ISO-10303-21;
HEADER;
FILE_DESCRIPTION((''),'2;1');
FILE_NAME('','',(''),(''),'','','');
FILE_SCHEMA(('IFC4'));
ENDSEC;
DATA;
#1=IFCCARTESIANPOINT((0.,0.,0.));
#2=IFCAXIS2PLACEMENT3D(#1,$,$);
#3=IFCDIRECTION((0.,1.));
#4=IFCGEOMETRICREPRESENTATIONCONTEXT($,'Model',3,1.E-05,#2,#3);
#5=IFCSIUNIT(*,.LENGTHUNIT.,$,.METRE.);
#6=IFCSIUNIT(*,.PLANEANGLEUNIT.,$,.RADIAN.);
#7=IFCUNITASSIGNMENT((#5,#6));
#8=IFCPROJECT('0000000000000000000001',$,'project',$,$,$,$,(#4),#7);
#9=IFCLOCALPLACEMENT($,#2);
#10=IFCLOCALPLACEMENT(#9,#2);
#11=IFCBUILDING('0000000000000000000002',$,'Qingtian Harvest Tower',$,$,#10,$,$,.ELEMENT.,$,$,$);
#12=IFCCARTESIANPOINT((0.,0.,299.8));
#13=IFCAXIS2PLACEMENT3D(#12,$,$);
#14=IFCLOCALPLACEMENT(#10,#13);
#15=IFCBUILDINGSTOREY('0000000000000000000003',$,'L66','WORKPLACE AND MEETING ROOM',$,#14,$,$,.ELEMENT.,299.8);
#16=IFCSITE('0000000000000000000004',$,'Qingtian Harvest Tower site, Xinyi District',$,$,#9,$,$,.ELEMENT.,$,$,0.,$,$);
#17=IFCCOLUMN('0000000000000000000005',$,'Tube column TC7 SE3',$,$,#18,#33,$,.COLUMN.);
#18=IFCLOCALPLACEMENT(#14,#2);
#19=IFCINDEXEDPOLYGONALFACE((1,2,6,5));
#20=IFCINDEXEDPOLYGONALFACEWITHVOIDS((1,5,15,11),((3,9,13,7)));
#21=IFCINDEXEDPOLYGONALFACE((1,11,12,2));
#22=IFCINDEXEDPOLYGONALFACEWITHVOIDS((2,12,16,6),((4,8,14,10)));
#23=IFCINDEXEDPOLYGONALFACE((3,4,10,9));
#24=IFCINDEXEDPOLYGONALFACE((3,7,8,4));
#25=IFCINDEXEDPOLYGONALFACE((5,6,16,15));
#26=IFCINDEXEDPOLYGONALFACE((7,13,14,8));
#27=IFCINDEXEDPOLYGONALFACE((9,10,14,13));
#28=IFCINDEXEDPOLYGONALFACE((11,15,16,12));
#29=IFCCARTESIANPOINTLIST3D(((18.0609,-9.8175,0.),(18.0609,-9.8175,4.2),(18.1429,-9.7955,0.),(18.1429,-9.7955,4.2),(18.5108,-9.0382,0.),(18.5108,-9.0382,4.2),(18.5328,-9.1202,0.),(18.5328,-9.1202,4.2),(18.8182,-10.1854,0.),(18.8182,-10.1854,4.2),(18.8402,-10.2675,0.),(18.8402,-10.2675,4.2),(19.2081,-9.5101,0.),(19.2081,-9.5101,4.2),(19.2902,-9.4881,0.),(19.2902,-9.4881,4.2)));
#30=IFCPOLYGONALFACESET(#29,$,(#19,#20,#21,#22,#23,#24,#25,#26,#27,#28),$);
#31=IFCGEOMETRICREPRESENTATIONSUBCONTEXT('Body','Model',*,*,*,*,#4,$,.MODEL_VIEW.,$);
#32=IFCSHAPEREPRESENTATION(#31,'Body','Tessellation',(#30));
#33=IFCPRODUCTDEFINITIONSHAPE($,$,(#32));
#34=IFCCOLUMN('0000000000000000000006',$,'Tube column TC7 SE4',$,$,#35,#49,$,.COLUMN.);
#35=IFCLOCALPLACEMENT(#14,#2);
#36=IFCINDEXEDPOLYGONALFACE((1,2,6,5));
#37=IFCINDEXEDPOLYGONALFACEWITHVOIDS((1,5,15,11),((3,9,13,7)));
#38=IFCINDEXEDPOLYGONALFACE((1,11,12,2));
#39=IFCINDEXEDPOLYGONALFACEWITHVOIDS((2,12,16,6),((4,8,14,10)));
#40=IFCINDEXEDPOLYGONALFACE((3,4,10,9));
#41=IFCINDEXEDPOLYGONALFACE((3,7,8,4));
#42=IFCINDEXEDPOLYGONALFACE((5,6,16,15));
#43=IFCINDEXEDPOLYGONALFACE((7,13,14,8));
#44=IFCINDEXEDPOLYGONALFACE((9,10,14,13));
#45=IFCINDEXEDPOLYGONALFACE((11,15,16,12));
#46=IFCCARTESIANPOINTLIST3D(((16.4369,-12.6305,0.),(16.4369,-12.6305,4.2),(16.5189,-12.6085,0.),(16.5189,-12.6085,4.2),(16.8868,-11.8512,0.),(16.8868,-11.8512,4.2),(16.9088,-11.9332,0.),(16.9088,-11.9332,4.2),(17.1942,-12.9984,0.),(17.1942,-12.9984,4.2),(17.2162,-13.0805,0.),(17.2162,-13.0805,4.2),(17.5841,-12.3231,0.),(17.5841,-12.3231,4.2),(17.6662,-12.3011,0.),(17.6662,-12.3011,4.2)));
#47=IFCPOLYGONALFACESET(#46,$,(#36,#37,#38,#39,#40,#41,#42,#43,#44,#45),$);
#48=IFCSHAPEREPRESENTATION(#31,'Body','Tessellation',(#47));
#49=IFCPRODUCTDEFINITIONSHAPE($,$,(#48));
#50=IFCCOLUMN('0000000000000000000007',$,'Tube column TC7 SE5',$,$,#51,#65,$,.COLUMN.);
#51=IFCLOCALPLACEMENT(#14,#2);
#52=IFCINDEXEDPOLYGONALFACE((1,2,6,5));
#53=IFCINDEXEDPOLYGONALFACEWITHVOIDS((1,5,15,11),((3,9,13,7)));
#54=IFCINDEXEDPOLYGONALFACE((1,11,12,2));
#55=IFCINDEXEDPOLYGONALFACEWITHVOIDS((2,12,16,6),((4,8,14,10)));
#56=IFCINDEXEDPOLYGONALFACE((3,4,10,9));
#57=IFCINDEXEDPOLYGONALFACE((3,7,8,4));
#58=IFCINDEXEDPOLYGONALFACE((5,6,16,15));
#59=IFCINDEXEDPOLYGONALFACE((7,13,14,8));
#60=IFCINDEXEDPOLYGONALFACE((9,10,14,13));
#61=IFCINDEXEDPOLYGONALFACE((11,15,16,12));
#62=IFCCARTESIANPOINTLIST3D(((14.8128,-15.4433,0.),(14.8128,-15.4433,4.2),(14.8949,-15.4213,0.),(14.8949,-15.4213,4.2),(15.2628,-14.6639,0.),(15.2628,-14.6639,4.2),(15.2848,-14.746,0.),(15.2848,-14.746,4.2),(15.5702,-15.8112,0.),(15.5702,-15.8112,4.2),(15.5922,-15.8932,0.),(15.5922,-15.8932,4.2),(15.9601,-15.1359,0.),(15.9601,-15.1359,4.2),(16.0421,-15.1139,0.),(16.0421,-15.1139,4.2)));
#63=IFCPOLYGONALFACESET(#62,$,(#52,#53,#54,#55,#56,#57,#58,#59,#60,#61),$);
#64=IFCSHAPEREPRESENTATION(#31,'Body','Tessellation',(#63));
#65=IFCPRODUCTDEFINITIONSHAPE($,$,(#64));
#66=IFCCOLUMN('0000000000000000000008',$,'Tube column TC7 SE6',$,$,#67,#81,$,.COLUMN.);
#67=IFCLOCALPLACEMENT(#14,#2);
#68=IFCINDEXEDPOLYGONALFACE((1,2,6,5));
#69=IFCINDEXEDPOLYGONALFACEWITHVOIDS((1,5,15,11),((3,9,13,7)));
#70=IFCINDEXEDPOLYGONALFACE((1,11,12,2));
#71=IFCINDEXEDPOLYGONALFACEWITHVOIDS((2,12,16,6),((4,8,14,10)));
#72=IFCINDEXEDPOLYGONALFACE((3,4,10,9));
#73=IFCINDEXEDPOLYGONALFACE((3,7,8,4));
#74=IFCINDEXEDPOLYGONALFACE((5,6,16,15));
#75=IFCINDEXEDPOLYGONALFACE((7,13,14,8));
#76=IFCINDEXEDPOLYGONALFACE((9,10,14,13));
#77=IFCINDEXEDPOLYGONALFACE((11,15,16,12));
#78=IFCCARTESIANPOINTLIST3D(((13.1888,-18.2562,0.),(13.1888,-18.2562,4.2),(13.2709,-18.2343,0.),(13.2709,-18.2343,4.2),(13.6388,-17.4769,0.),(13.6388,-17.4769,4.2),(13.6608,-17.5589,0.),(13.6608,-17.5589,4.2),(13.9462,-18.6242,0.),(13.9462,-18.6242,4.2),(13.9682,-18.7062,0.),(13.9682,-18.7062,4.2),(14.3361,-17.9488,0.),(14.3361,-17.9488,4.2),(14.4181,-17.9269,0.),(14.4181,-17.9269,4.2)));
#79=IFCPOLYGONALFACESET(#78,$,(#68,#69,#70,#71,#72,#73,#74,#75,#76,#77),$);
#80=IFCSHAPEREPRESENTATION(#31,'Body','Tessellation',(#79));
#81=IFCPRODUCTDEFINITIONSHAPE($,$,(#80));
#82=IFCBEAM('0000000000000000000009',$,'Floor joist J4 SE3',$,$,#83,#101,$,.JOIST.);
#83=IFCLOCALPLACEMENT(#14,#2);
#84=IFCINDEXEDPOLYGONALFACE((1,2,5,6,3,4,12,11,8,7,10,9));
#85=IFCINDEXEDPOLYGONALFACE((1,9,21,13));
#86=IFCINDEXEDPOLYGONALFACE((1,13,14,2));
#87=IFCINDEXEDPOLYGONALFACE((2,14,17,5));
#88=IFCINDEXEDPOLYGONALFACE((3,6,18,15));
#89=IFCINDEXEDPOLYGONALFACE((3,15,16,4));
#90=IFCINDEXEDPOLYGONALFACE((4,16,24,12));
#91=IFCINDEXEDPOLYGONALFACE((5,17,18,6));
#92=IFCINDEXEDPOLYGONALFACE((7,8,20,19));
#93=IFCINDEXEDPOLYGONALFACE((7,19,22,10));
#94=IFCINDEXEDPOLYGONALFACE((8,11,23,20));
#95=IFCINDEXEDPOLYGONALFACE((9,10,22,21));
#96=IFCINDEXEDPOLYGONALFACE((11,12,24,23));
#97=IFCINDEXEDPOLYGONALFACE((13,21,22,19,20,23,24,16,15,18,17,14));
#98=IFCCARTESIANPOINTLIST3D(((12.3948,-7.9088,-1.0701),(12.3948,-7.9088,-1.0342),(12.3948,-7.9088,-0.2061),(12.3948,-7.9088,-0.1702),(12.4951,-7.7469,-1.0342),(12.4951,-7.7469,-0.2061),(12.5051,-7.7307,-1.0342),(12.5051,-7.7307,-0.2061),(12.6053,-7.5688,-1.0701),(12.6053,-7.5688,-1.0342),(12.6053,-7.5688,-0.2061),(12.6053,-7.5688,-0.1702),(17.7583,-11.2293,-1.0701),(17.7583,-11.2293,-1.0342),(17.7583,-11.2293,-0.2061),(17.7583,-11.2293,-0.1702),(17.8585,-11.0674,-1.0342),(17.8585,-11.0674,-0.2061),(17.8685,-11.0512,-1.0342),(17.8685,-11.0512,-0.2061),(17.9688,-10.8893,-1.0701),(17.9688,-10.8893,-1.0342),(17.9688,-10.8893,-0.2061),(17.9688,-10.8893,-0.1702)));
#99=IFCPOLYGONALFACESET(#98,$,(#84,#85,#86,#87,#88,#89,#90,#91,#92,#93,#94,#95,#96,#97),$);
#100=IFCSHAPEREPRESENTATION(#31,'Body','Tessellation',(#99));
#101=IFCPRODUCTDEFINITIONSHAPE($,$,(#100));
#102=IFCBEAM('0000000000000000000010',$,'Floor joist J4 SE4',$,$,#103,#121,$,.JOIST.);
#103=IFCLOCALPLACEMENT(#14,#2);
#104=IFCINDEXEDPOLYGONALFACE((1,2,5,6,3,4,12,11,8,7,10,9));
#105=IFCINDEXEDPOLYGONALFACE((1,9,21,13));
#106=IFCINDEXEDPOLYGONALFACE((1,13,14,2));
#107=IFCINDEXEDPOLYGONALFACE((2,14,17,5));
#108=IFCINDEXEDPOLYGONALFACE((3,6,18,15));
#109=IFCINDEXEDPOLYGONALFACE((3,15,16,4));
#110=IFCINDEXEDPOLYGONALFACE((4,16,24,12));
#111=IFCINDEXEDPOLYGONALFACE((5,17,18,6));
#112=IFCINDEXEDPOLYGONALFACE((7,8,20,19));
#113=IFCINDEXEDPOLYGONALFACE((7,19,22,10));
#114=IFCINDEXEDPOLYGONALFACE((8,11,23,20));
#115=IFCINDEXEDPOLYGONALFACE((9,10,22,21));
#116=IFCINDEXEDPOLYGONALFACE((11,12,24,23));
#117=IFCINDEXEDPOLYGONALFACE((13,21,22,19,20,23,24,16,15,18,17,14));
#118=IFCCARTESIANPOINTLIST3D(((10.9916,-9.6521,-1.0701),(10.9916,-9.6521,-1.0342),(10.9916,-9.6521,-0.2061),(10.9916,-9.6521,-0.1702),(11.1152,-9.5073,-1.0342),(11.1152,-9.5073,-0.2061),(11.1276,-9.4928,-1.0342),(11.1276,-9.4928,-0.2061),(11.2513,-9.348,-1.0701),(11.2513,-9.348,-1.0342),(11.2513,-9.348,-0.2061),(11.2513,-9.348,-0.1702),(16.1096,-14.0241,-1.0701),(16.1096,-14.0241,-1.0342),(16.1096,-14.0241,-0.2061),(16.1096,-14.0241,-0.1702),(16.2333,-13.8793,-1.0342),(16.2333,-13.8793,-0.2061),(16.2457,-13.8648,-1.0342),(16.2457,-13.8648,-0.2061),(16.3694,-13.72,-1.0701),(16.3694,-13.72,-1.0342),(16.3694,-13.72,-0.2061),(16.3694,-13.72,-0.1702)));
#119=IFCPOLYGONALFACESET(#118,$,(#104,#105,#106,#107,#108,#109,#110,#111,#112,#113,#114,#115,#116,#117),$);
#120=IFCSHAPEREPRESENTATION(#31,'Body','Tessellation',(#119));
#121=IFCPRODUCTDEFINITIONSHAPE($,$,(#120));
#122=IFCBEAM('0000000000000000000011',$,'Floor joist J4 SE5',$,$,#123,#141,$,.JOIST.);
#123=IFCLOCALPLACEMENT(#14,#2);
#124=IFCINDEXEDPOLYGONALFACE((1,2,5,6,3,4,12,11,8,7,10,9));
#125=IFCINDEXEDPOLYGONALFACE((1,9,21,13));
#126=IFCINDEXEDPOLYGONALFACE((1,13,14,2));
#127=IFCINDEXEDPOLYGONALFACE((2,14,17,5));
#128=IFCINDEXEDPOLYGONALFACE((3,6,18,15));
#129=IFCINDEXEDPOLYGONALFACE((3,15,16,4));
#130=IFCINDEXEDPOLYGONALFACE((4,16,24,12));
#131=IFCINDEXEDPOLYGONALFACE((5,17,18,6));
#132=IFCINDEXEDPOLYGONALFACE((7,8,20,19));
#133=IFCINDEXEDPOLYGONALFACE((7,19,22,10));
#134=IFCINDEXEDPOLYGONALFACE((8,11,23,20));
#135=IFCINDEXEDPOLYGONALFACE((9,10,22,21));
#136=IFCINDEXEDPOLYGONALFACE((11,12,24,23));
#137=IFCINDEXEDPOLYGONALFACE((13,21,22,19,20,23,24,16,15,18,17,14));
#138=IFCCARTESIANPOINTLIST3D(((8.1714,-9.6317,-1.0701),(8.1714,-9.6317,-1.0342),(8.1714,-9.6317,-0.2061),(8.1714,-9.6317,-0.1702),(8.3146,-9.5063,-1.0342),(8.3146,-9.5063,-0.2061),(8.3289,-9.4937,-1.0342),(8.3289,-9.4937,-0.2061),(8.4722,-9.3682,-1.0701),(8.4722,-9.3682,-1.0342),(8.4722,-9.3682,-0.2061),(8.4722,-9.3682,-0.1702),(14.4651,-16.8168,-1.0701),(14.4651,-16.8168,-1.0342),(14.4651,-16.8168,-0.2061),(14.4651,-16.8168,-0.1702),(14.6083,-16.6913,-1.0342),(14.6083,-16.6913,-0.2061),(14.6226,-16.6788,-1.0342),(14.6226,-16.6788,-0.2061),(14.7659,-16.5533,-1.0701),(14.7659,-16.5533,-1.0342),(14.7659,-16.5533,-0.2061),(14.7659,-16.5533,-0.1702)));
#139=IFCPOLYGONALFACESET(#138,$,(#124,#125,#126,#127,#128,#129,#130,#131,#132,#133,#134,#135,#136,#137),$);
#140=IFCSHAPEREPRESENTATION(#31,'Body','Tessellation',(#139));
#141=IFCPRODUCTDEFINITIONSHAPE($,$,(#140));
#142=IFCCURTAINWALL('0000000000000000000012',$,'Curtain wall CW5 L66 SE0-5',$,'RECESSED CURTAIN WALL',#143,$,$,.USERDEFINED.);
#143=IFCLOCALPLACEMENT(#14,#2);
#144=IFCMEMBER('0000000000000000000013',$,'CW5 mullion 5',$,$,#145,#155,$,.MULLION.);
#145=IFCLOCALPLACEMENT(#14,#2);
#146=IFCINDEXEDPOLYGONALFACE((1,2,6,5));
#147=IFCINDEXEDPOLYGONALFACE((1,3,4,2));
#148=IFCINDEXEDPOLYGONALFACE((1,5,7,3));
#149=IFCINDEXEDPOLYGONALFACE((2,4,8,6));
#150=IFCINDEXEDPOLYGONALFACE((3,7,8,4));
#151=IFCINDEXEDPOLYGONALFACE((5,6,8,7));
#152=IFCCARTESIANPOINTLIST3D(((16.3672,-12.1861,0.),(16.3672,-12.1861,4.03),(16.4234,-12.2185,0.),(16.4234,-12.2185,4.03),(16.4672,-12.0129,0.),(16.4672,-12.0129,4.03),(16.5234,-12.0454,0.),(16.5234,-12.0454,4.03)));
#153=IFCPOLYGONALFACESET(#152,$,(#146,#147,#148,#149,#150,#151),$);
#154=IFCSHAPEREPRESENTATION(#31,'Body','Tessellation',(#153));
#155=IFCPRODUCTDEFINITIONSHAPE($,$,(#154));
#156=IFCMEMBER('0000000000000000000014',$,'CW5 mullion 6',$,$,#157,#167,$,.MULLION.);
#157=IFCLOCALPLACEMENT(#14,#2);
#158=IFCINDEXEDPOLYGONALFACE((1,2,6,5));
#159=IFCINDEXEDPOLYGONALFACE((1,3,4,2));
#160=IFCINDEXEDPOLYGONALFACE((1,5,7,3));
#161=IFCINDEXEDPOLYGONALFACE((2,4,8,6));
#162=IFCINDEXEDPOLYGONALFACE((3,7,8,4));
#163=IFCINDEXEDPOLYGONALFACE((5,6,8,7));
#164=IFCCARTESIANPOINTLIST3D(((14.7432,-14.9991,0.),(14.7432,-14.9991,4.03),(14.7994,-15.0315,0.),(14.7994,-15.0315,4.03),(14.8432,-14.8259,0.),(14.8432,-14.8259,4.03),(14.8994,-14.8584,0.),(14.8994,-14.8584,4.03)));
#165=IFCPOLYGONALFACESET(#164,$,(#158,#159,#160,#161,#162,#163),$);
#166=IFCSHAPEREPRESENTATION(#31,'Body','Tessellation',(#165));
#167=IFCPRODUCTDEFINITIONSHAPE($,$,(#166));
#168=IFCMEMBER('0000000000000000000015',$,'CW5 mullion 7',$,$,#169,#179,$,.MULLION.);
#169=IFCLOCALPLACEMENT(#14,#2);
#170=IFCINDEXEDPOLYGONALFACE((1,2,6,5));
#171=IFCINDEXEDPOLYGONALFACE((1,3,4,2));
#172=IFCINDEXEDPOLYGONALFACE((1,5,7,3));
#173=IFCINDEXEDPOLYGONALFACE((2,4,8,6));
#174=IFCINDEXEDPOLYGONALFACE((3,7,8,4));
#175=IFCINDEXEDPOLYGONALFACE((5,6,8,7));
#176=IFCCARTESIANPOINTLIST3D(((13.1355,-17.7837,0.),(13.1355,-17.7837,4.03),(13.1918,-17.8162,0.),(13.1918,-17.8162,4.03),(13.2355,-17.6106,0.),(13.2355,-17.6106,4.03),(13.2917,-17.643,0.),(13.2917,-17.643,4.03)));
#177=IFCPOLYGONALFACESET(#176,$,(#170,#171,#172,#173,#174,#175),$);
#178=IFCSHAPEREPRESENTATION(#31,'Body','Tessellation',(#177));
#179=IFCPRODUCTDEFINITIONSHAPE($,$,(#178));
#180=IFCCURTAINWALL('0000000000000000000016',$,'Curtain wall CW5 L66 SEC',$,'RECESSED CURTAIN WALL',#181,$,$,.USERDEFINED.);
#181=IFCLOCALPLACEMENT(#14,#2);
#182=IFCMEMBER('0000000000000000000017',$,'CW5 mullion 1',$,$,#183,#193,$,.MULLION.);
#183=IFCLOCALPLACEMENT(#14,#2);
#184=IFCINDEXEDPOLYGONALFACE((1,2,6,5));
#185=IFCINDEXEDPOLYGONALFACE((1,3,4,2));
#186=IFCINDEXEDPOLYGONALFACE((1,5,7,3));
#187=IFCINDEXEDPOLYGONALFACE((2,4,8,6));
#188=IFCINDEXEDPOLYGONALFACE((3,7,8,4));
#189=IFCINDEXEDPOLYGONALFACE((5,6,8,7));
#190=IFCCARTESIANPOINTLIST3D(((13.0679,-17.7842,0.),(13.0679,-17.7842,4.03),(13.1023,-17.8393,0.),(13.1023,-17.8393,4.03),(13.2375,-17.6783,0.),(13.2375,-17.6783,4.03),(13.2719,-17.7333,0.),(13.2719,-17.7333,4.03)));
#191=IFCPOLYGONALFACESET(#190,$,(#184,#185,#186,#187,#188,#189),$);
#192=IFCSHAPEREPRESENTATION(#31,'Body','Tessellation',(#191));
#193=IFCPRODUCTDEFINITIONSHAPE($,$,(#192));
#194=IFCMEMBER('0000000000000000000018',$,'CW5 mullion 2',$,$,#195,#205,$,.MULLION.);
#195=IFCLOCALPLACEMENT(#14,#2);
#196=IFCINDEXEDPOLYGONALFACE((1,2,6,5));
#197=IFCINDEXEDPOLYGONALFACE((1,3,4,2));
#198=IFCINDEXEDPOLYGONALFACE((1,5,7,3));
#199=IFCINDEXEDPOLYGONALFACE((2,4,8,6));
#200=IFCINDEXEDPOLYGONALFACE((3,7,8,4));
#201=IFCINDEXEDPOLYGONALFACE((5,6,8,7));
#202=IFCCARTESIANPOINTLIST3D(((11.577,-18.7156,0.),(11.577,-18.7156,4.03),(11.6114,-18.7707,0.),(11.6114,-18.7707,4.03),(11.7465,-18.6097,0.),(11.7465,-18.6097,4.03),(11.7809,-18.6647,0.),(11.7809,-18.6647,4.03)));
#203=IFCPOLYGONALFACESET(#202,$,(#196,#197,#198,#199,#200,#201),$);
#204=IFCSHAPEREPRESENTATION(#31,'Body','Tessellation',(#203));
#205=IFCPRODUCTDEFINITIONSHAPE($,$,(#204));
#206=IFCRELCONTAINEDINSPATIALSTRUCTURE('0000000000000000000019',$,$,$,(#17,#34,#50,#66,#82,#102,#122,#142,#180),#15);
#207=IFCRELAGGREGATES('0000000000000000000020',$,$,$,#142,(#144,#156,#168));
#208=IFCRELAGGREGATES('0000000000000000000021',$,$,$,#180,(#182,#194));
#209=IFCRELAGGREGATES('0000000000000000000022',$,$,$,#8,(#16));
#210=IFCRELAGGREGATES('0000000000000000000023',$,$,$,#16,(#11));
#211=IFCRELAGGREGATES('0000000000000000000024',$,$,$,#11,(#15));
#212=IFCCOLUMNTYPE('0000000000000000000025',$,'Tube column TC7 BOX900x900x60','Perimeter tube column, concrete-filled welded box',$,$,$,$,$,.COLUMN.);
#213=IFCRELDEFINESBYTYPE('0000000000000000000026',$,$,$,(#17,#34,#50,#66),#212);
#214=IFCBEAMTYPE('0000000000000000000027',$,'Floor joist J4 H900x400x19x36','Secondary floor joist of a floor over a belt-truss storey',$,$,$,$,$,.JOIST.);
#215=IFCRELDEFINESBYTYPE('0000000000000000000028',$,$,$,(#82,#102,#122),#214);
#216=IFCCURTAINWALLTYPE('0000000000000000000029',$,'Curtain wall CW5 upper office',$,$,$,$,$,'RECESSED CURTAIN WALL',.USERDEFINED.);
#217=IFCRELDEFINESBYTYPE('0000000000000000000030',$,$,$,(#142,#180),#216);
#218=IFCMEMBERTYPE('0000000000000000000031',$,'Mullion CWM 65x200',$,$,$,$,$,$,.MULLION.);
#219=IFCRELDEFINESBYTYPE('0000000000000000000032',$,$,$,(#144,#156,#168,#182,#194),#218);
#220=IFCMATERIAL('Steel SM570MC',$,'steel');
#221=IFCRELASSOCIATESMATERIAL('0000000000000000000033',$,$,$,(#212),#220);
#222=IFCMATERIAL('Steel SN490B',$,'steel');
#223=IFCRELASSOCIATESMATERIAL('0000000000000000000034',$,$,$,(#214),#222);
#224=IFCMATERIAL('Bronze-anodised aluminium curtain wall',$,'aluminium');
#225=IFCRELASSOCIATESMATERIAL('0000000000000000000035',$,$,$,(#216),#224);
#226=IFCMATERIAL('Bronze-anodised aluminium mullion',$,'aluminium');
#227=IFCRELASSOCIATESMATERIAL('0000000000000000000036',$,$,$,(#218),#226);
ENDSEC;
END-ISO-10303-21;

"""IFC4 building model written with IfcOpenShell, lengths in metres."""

from ifc_helpers import new_model, si_unit, direction, frame, origin, origin_2d, place, context, subcontext, project, spatial, rectangle, hollow_rectangle, i_section, extrude, material, material_profile, profile_set, type_object, element, aggregate, save


model = new_model("IFC4")

# Units and contexts
model_context = context("Model", 3, precision=1e-05, world=origin(), true_north=direction((0.0, 1.0)))
body_context = subcontext(model_context, "Body", "Model", "MODEL_VIEW")
ifc_project = project(units=[si_unit("LENGTHUNIT", "METRE"), si_unit("PLANEANGLEUNIT", "RADIAN")], contexts=[model_context])

# Site, building, storey
site_placement = place(None, origin())
site = spatial("IfcSite", under=ifc_project, at=site_placement, Name="Qingtian Harvest Tower site, Xinyi District", CompositionType="ELEMENT", RefElevation=0.0)
building_placement = place(site_placement, origin())
building = spatial("IfcBuilding", under=site, at=building_placement, Name="Qingtian Harvest Tower", CompositionType="ELEMENT")
storey_placement = place(building_placement, frame((0.0, 0.0, 299.8)))
storey = spatial("IfcBuildingStorey", under=building, at=storey_placement, Name="L66", Description="WORKPLACE AND MEETING ROOM", CompositionType="ELEMENT", Elevation=299.8)

# Columns
ifc_material_1 = material(Name="Steel SM570MC", Category="steel")
ifc_material_profile_1 = material_profile(ifc_material_1, hollow_rectangle(XDim=0.8999, YDim=0.8999, WallThickness=0.0601, at=origin_2d()), Name="BOX900x900x60")
ifc_profile_set_1 = profile_set([ifc_material_profile_1], Name="Steel SM570MC")
column_type = type_object("IfcColumnType", Name="Tube column TC7 BOX900x900x60", Description="Perimeter tube column, concrete-filled welded box", PredefinedType="COLUMN", material=ifc_profile_set_1)
for number, where, z_axis, x_axis, name in (
    (1, (18.6755, -9.6528, 0.0), (0.0, 0.0, 1.0), (0.5, 0.866025, 0.0), "Tube column TC7 SE3"),
    (2, (17.0515, -12.4658, 0.0), (0.0, 0.0, 1.0), (0.5, 0.866025, 0.0), "Tube column TC7 SE4"),
    (3, (15.4275, -15.2786, 0.0), (0.0, 0.0, 1.0), (0.5, 0.866025, 0.0), "Tube column TC7 SE5"),
    (4, (13.8035, -18.0916, 0.0), (0.0, 0.0, 1.0), (0.5, 0.866025, 0.0), "Tube column TC7 SE6"),
):
    element("IfcColumn", number, at=place(storey_placement, frame(where, z_axis=z_axis, x_axis=x_axis)), inside=storey, type_object=column_type, Name=name, PredefinedType="COLUMN", context=body_context, shape_type="SweptSolid", body=[
        extrude(hollow_rectangle(XDim=0.8999, YDim=0.8999, WallThickness=0.0601, at=origin_2d()), origin(), (0.0, 0.0, 1.0), 4.2),
    ])

# Beams
ifc_material_2 = material(Name="Steel SN490B", Category="steel")
ifc_material_profile_2 = material_profile(ifc_material_2, i_section(OverallWidth=0.3999, OverallDepth=0.8999, WebThickness=0.019, FlangeThickness=0.0359, at=origin_2d()), Name="H900x400x19x36")
ifc_profile_set_2 = profile_set([ifc_material_profile_2], Name="Steel SN490B")
beam_type_1 = type_object("IfcBeamType", Name="Floor joist J4 H900x400x19x36", Description="Secondary floor joist of a floor over a belt-truss storey", PredefinedType="JOIST", material=ifc_profile_set_2)
beam_1_placement = place(storey_placement, frame((17.8635, -11.0593, -0.6201), z_axis=(-0.850245, 0.526387, 0.0), x_axis=(-0.526387, -0.850245, 0.0)))
element("IfcBeam", 5, at=beam_1_placement, inside=storey, type_object=beam_type_1, Name="Floor joist J4 SE3", PredefinedType="JOIST", context=body_context, shape_type="SweptSolid", body=[
    extrude(i_section(OverallWidth=0.3999, OverallDepth=0.8999, WebThickness=0.019, FlangeThickness=0.0359, at=origin_2d()), origin(), (0.0, 0.0, 1.0), 6.3081),
])
beam_2_placement = place(storey_placement, frame((16.2395, -13.8721, -0.6201), z_axis=(-0.760351, 0.649512, 0.0), x_axis=(-0.649512, -0.760351, 0.0)))
element("IfcBeam", 6, at=beam_2_placement, inside=storey, type_object=beam_type_1, Name="Floor joist J4 SE4", PredefinedType="JOIST", context=body_context, shape_type="SweptSolid", body=[
    extrude(i_section(OverallWidth=0.3999, OverallDepth=0.8999, WebThickness=0.019, FlangeThickness=0.0359, at=origin_2d()), origin(), (0.0, 0.0, 1.0), 6.7312),
])
beam_3_placement = place(storey_placement, frame((14.6155, -16.6851, -0.6201), z_axis=(-0.658906, 0.752225, 0.0), x_axis=(-0.752225, -0.658906, 0.0)))
element("IfcBeam", 7, at=beam_3_placement, inside=storey, type_object=beam_type_1, Name="Floor joist J4 SE5", PredefinedType="JOIST", context=body_context, shape_type="SweptSolid", body=[
    extrude(i_section(OverallWidth=0.3999, OverallDepth=0.8999, WebThickness=0.019, FlangeThickness=0.0359, at=origin_2d()), origin(), (0.0, 0.0, 1.0), 9.5518),
])

# Curtain walls, members
ifc_material_3 = material(Name="Bronze-anodised aluminium curtain wall", Category="aluminium")
curtain_wall_type = type_object("IfcCurtainWallType", Name="Curtain wall CW5 upper office", ElementType="RECESSED CURTAIN WALL", PredefinedType="USERDEFINED", material=ifc_material_3)
curtain_wall_1_placement = place(storey_placement, origin())
curtain_wall_1 = element("IfcCurtainWall", 8, at=curtain_wall_1_placement, inside=storey, type_object=curtain_wall_type, Name="Curtain wall CW5 L66 SE0-5", ObjectType="RECESSED CURTAIN WALL", PredefinedType="USERDEFINED")
ifc_material_4 = material(Name="Bronze-anodised aluminium mullion", Category="aluminium")
ifc_material_profile_3 = material_profile(ifc_material_4, rectangle(XDim=0.0649, YDim=0.2, at=origin_2d()), Name="AL 65x200")
ifc_profile_set_3 = profile_set([ifc_material_profile_3], Name="Bronze-anodised aluminium mullion")
member_type_1 = type_object("IfcMemberType", Name="Mullion CWM 65x200", PredefinedType="MULLION", material=ifc_profile_set_3)
member_1_placement = place(storey_placement, frame((16.4453, -12.1157, 0.0), z_axis=(0.0, 0.0, 1.0), x_axis=(0.866025, -0.5, 0.0)))
member_1 = element("IfcMember", 9, at=member_1_placement, type_object=member_type_1, Name="CW5 mullion 5", PredefinedType="MULLION", context=body_context, shape_type="SweptSolid", body=[
    extrude(rectangle(XDim=0.0649, YDim=0.2, at=origin_2d()), origin(), (0.0, 0.0, 1.0), 4.03),
])
member_2_placement = place(storey_placement, frame((14.8213, -14.9287, 0.0), z_axis=(0.0, 0.0, 1.0), x_axis=(0.866025, -0.5, 0.0)))
member_2 = element("IfcMember", 10, at=member_2_placement, type_object=member_type_1, Name="CW5 mullion 6", PredefinedType="MULLION", context=body_context, shape_type="SweptSolid", body=[
    extrude(rectangle(XDim=0.0649, YDim=0.2, at=origin_2d()), origin(), (0.0, 0.0, 1.0), 4.03),
])
member_3_placement = place(storey_placement, frame((13.2136, -17.7134, 0.0), z_axis=(0.0, 0.0, 1.0), x_axis=(0.866025, -0.5, 0.0)))
member_3 = element("IfcMember", 11, at=member_3_placement, type_object=member_type_1, Name="CW5 mullion 7", PredefinedType="MULLION", context=body_context, shape_type="SweptSolid", body=[
    extrude(rectangle(XDim=0.0649, YDim=0.2, at=origin_2d()), origin(), (0.0, 0.0, 1.0), 4.03),
])
curtain_wall_2_placement = place(storey_placement, origin())
curtain_wall_2 = element("IfcCurtainWall", 12, at=curtain_wall_2_placement, inside=storey, type_object=curtain_wall_type, Name="Curtain wall CW5 L66 SEC", ObjectType="RECESSED CURTAIN WALL", PredefinedType="USERDEFINED")
member_4_placement = place(storey_placement, frame((13.1699, -17.7588, 0.0), z_axis=(0.0, 0.0, 1.0), x_axis=(0.529919, -0.848048, 0.0)))
member_4 = element("IfcMember", 13, at=member_4_placement, type_object=member_type_1, Name="CW5 mullion 1", PredefinedType="MULLION", context=body_context, shape_type="SweptSolid", body=[
    extrude(rectangle(XDim=0.0649, YDim=0.2, at=origin_2d()), origin(), (0.0, 0.0, 1.0), 4.03),
])
member_5_placement = place(storey_placement, frame((11.679, -18.6902, 0.0), z_axis=(0.0, 0.0, 1.0), x_axis=(0.529919, -0.848048, 0.0)))
member_5 = element("IfcMember", 14, at=member_5_placement, type_object=member_type_1, Name="CW5 mullion 2", PredefinedType="MULLION", context=body_context, shape_type="SweptSolid", body=[
    extrude(rectangle(XDim=0.0649, YDim=0.2, at=origin_2d()), origin(), (0.0, 0.0, 1.0), 4.03),
])

aggregate(curtain_wall_1, [member_1, member_2, member_3])
aggregate(curtain_wall_2, [member_4, member_5])

save(model, "model.ifc")
